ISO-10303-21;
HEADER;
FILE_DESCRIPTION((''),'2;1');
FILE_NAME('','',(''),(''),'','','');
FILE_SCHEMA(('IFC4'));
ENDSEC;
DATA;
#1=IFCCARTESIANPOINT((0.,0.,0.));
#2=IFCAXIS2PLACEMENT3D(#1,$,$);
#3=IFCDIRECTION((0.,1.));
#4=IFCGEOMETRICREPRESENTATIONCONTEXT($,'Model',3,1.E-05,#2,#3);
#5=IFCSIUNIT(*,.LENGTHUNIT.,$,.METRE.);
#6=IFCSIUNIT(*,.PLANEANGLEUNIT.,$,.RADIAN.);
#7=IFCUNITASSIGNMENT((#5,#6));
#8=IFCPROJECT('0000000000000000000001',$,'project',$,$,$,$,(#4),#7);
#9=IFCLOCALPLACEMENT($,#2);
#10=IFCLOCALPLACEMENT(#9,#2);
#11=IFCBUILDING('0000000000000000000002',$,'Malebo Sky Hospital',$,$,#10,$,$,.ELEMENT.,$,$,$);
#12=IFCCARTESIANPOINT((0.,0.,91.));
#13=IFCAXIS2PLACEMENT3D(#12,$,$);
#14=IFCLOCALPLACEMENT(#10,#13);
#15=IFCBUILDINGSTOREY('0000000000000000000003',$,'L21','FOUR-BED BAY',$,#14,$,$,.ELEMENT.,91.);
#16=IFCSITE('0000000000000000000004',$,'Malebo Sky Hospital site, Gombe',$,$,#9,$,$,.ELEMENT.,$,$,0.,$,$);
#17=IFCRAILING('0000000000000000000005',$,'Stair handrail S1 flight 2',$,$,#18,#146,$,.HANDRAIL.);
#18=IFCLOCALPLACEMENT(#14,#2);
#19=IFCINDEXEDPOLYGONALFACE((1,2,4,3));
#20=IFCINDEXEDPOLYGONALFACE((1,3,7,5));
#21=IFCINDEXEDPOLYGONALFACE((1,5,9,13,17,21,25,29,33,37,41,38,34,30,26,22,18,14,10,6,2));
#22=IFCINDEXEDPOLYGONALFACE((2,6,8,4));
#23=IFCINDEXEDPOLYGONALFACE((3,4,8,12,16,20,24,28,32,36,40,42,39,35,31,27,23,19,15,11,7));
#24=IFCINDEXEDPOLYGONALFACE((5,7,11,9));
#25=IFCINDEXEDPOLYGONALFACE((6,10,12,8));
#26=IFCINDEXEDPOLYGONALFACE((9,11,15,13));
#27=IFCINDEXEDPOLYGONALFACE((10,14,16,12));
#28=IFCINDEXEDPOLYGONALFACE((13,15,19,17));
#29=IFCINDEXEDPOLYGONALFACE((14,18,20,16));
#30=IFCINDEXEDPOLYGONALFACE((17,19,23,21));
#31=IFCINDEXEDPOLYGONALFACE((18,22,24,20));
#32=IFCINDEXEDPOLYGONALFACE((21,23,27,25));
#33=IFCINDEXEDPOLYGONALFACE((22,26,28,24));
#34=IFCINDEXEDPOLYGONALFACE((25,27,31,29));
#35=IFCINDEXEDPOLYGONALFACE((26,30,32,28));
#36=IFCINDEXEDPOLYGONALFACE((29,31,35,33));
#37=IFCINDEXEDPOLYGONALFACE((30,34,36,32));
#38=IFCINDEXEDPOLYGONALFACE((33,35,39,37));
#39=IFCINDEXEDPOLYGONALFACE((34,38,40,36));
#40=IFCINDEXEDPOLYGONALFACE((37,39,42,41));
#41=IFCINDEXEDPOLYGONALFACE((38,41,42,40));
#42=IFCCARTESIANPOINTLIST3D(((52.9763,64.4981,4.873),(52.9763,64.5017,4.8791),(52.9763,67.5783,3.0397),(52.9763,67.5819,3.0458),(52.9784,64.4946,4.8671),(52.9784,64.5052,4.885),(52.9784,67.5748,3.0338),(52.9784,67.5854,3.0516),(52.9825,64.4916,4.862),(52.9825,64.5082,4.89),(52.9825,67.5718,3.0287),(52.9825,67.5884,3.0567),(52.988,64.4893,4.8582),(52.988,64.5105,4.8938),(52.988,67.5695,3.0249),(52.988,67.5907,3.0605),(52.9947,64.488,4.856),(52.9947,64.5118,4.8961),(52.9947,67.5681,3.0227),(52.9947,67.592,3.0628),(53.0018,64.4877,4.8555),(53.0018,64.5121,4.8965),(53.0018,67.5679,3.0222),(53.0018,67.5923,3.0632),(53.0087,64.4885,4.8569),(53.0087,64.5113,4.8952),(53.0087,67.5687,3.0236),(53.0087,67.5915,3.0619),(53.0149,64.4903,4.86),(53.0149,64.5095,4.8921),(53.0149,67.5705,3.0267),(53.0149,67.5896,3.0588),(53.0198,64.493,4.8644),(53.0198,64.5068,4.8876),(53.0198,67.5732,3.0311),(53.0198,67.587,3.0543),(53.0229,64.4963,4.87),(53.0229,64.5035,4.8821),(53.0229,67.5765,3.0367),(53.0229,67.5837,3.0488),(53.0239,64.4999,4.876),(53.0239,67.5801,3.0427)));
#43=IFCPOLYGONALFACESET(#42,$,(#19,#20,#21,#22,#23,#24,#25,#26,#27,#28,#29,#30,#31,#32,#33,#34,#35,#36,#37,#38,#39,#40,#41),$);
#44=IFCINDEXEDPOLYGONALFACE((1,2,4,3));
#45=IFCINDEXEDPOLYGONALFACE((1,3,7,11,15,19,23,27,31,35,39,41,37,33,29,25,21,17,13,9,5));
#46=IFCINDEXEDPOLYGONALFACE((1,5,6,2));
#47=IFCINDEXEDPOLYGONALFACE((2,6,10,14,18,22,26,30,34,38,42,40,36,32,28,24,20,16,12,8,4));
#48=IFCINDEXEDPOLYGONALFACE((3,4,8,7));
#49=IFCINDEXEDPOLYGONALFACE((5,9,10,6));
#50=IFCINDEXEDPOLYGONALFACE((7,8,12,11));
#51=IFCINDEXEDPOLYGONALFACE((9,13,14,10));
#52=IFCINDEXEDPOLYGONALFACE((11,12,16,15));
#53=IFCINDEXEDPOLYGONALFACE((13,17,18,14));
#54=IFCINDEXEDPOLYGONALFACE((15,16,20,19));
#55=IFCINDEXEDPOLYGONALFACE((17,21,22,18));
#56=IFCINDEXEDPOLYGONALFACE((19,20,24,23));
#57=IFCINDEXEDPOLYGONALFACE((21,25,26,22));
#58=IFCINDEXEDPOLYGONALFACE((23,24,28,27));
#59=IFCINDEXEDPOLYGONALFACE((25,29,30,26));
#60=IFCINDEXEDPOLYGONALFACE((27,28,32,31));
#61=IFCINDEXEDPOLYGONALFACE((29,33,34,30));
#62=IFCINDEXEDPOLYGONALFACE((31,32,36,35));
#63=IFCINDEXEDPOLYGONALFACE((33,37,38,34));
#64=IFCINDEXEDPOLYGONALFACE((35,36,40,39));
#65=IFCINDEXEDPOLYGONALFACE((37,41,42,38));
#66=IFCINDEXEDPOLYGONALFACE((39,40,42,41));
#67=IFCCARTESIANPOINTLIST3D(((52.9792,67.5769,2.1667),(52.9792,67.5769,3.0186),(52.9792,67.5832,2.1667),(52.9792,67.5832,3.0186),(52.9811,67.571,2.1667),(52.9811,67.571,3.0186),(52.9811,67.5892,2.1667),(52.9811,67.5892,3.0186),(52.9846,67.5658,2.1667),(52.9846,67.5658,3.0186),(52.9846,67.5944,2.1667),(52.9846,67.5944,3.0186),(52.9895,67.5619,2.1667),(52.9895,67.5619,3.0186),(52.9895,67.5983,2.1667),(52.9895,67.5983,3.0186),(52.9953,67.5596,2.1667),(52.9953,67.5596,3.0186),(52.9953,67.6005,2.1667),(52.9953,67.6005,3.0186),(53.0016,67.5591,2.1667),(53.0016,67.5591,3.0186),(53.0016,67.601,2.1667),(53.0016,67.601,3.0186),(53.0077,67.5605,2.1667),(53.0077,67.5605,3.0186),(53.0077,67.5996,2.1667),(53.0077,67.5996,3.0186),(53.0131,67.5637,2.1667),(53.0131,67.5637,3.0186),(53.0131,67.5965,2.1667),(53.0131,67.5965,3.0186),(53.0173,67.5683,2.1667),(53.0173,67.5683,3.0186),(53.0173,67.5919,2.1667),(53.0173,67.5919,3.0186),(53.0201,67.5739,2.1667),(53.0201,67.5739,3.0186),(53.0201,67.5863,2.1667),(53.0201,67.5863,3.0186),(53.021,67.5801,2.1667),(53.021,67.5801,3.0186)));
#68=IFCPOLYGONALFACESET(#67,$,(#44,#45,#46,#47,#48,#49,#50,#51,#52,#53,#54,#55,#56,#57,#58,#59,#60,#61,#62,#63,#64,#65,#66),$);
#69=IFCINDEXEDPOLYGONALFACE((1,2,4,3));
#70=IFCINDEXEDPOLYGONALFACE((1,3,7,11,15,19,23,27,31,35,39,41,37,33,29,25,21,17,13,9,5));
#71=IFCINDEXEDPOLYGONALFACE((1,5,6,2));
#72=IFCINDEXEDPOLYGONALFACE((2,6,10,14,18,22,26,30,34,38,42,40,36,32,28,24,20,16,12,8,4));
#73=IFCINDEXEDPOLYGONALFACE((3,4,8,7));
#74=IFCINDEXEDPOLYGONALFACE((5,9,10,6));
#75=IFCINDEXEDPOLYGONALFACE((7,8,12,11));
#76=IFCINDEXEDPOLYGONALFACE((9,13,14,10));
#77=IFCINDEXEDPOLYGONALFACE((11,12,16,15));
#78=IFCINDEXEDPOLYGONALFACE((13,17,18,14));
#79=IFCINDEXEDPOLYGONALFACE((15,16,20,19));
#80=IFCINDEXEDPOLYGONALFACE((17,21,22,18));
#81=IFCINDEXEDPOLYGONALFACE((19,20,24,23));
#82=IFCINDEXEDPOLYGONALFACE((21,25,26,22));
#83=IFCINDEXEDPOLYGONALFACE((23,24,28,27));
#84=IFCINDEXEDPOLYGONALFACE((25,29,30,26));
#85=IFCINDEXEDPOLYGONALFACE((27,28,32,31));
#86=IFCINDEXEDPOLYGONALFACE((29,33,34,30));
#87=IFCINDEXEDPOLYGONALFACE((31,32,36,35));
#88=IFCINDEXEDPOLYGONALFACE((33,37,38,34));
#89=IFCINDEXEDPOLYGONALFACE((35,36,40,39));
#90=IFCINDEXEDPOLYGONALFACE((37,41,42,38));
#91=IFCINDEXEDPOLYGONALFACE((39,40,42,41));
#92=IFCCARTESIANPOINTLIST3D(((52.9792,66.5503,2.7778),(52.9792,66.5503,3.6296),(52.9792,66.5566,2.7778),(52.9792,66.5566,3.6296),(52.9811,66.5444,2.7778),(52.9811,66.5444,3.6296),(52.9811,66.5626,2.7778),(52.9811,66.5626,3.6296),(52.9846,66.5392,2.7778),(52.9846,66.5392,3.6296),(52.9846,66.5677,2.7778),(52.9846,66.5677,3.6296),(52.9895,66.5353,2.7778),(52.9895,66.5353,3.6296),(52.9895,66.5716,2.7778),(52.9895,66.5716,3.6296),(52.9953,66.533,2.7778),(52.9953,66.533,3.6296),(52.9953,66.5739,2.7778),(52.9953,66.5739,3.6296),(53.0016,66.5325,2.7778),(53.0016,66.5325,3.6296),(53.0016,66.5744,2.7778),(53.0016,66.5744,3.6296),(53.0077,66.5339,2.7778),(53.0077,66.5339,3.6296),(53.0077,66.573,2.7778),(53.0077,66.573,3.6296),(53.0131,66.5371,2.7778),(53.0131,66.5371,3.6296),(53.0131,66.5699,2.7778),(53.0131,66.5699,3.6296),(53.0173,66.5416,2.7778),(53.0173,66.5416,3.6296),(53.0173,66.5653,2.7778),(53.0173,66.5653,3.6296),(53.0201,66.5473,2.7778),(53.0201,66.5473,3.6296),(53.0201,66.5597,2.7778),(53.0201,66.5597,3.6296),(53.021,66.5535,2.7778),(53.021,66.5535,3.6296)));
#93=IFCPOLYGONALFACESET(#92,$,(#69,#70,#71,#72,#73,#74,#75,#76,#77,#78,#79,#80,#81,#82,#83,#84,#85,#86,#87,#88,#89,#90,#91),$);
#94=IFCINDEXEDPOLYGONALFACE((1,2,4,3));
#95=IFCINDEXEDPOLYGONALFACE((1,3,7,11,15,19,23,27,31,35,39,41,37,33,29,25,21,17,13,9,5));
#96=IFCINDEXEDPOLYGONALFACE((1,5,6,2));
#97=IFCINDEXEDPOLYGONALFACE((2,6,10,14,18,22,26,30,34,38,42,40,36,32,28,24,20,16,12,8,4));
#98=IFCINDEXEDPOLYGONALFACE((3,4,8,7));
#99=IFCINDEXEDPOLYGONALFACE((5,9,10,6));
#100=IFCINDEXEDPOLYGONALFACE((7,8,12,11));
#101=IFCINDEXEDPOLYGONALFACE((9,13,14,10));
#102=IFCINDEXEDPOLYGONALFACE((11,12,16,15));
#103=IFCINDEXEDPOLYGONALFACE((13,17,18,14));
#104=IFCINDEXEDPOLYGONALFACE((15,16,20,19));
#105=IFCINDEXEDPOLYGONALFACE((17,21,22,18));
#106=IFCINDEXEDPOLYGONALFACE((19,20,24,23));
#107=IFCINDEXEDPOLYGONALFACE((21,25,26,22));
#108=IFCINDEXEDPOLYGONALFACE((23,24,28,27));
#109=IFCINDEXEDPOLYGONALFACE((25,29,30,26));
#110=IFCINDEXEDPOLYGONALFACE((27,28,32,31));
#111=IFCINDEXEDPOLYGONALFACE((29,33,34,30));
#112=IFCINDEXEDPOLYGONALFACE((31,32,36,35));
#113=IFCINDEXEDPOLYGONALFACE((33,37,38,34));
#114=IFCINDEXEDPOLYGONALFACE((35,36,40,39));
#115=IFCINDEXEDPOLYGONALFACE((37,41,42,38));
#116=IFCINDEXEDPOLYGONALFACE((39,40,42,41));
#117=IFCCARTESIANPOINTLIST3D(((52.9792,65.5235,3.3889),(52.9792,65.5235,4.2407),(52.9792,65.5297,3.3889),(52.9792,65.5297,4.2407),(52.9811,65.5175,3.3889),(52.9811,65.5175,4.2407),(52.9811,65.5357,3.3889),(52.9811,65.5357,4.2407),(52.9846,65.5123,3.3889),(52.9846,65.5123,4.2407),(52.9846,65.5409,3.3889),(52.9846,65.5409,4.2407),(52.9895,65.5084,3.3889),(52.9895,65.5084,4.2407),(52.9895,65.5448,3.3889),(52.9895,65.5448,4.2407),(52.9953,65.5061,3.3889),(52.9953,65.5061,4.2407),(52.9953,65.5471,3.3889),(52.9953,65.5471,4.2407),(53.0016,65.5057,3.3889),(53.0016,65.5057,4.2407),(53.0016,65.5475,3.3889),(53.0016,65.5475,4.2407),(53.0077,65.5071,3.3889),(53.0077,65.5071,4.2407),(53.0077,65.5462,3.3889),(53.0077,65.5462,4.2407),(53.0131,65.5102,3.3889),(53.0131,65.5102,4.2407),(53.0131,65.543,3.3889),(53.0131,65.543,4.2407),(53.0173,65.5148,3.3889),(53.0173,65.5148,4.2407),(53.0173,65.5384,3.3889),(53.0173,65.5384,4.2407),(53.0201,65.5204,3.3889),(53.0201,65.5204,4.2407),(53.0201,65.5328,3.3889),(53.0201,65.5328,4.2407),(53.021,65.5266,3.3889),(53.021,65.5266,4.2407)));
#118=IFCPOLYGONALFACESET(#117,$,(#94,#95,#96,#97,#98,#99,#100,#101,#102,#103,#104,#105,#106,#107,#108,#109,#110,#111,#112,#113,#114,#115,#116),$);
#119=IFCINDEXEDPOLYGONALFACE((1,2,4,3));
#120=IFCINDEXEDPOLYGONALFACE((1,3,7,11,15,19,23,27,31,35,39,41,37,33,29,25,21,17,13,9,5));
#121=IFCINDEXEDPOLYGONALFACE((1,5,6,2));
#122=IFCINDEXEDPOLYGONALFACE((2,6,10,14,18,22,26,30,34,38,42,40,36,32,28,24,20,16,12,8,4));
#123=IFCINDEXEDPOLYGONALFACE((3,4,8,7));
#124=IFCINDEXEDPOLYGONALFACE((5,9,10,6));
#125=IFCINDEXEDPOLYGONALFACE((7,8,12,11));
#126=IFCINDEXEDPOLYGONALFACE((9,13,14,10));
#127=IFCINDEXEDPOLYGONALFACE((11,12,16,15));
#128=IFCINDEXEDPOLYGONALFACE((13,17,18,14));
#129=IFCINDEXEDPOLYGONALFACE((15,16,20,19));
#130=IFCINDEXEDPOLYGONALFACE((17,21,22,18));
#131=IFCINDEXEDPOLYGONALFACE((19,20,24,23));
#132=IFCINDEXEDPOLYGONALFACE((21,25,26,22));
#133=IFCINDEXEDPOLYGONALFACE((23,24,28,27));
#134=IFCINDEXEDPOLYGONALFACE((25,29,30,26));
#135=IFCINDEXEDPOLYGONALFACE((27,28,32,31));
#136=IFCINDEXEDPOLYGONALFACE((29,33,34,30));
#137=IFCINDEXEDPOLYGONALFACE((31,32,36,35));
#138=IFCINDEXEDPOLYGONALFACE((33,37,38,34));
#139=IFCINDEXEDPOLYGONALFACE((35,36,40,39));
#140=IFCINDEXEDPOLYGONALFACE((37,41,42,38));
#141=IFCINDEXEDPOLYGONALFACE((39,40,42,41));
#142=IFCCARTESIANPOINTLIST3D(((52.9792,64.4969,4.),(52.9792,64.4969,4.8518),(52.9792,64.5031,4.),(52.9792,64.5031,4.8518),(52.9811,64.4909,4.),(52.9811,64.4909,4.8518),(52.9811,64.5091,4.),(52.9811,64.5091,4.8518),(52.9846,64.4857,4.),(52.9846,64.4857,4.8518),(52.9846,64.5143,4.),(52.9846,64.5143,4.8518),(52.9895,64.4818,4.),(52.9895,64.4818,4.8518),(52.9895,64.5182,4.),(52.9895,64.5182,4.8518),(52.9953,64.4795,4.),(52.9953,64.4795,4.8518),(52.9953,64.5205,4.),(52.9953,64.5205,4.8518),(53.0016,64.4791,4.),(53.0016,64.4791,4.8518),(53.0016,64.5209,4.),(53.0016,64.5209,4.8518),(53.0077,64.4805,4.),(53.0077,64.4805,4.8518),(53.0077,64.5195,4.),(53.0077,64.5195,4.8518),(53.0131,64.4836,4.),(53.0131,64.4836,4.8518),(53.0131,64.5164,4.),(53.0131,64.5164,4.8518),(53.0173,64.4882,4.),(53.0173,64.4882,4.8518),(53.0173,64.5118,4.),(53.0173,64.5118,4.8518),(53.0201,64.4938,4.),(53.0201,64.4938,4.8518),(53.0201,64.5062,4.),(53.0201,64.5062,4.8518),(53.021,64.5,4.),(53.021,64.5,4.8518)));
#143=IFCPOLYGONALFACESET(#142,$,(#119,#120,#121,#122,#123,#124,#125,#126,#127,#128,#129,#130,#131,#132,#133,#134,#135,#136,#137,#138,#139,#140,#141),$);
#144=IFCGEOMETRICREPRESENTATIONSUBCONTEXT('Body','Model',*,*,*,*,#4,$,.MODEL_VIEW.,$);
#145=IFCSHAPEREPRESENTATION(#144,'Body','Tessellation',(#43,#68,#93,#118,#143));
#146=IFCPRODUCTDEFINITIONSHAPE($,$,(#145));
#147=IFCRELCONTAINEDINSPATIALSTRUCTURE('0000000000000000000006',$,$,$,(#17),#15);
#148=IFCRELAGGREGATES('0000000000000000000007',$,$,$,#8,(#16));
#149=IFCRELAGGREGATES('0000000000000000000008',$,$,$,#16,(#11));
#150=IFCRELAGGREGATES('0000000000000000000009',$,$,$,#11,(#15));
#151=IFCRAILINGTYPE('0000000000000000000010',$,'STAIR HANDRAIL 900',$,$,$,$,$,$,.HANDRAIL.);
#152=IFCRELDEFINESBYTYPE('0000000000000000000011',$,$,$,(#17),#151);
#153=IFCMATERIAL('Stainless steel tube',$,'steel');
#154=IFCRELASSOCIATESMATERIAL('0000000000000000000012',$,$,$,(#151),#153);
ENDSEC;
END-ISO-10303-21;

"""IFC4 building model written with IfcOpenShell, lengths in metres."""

from ifc_helpers import new_model, si_unit, direction, frame, origin, origin_2d, place, context, subcontext, project, spatial, circle, extrude, material, type_object, element, save


model = new_model("IFC4")

# Units and contexts
model_context = context("Model", 3, precision=1e-05, world=origin(), true_north=direction((0.0, 1.0)))
body_context = subcontext(model_context, "Body", "Model", "MODEL_VIEW")
ifc_project = project(units=[si_unit("LENGTHUNIT", "METRE"), si_unit("PLANEANGLEUNIT", "RADIAN")], contexts=[model_context])

# Site, building, storey
site_placement = place(None, origin())
site = spatial("IfcSite", under=ifc_project, at=site_placement, Name="Malebo Sky Hospital site, Gombe", CompositionType="ELEMENT", RefElevation=0.0)
building_placement = place(site_placement, origin())
building = spatial("IfcBuilding", under=site, at=building_placement, Name="Malebo Sky Hospital", CompositionType="ELEMENT")
storey_placement = place(building_placement, frame((0.0, 0.0, 91.0)))
storey = spatial("IfcBuildingStorey", under=building, at=storey_placement, Name="L21", Description="FOUR-BED BAY", CompositionType="ELEMENT", Elevation=91.0)

# Railing
ifc_material_1 = material(Name="Stainless steel tube", Category="steel")
railing_type = type_object("IfcRailingType", Name="STAIR HANDRAIL 900", PredefinedType="HANDRAIL", material=ifc_material_1)
railing_1_placement = place(storey_placement, frame((53.0, 67.5801, 2.1667)))
element("IfcRailing", 1, at=railing_1_placement, inside=storey, type_object=railing_type, Name="Stair handrail S1 flight 2", PredefinedType="HANDRAIL", context=body_context, shape_type="SweptSolid", body=[
    extrude(circle(Radius=0.0239, at=origin_2d()), frame((0.0, 0.0, 0.876), z_axis=(0.0, -0.859309, 0.511458), x_axis=(1.0, 0.0, 0.0)), (0.0, 0.0, 1.0), 3.5845),
    extrude(circle(Radius=0.021, at=origin_2d()), origin(), (0.0, 0.0, 1.0), 0.8518),
    extrude(circle(Radius=0.021, at=origin_2d()), frame((0.0, -1.0266, 0.6111)), (0.0, 0.0, 1.0), 0.8518),
    extrude(circle(Radius=0.021, at=origin_2d()), frame((0.0, -2.0535, 1.2222)), (0.0, 0.0, 1.0), 0.8518),
    extrude(circle(Radius=0.021, at=origin_2d()), frame((0.0, -3.0801, 1.8333)), (0.0, 0.0, 1.0), 0.8518),
])

save(model, "model.ifc")
